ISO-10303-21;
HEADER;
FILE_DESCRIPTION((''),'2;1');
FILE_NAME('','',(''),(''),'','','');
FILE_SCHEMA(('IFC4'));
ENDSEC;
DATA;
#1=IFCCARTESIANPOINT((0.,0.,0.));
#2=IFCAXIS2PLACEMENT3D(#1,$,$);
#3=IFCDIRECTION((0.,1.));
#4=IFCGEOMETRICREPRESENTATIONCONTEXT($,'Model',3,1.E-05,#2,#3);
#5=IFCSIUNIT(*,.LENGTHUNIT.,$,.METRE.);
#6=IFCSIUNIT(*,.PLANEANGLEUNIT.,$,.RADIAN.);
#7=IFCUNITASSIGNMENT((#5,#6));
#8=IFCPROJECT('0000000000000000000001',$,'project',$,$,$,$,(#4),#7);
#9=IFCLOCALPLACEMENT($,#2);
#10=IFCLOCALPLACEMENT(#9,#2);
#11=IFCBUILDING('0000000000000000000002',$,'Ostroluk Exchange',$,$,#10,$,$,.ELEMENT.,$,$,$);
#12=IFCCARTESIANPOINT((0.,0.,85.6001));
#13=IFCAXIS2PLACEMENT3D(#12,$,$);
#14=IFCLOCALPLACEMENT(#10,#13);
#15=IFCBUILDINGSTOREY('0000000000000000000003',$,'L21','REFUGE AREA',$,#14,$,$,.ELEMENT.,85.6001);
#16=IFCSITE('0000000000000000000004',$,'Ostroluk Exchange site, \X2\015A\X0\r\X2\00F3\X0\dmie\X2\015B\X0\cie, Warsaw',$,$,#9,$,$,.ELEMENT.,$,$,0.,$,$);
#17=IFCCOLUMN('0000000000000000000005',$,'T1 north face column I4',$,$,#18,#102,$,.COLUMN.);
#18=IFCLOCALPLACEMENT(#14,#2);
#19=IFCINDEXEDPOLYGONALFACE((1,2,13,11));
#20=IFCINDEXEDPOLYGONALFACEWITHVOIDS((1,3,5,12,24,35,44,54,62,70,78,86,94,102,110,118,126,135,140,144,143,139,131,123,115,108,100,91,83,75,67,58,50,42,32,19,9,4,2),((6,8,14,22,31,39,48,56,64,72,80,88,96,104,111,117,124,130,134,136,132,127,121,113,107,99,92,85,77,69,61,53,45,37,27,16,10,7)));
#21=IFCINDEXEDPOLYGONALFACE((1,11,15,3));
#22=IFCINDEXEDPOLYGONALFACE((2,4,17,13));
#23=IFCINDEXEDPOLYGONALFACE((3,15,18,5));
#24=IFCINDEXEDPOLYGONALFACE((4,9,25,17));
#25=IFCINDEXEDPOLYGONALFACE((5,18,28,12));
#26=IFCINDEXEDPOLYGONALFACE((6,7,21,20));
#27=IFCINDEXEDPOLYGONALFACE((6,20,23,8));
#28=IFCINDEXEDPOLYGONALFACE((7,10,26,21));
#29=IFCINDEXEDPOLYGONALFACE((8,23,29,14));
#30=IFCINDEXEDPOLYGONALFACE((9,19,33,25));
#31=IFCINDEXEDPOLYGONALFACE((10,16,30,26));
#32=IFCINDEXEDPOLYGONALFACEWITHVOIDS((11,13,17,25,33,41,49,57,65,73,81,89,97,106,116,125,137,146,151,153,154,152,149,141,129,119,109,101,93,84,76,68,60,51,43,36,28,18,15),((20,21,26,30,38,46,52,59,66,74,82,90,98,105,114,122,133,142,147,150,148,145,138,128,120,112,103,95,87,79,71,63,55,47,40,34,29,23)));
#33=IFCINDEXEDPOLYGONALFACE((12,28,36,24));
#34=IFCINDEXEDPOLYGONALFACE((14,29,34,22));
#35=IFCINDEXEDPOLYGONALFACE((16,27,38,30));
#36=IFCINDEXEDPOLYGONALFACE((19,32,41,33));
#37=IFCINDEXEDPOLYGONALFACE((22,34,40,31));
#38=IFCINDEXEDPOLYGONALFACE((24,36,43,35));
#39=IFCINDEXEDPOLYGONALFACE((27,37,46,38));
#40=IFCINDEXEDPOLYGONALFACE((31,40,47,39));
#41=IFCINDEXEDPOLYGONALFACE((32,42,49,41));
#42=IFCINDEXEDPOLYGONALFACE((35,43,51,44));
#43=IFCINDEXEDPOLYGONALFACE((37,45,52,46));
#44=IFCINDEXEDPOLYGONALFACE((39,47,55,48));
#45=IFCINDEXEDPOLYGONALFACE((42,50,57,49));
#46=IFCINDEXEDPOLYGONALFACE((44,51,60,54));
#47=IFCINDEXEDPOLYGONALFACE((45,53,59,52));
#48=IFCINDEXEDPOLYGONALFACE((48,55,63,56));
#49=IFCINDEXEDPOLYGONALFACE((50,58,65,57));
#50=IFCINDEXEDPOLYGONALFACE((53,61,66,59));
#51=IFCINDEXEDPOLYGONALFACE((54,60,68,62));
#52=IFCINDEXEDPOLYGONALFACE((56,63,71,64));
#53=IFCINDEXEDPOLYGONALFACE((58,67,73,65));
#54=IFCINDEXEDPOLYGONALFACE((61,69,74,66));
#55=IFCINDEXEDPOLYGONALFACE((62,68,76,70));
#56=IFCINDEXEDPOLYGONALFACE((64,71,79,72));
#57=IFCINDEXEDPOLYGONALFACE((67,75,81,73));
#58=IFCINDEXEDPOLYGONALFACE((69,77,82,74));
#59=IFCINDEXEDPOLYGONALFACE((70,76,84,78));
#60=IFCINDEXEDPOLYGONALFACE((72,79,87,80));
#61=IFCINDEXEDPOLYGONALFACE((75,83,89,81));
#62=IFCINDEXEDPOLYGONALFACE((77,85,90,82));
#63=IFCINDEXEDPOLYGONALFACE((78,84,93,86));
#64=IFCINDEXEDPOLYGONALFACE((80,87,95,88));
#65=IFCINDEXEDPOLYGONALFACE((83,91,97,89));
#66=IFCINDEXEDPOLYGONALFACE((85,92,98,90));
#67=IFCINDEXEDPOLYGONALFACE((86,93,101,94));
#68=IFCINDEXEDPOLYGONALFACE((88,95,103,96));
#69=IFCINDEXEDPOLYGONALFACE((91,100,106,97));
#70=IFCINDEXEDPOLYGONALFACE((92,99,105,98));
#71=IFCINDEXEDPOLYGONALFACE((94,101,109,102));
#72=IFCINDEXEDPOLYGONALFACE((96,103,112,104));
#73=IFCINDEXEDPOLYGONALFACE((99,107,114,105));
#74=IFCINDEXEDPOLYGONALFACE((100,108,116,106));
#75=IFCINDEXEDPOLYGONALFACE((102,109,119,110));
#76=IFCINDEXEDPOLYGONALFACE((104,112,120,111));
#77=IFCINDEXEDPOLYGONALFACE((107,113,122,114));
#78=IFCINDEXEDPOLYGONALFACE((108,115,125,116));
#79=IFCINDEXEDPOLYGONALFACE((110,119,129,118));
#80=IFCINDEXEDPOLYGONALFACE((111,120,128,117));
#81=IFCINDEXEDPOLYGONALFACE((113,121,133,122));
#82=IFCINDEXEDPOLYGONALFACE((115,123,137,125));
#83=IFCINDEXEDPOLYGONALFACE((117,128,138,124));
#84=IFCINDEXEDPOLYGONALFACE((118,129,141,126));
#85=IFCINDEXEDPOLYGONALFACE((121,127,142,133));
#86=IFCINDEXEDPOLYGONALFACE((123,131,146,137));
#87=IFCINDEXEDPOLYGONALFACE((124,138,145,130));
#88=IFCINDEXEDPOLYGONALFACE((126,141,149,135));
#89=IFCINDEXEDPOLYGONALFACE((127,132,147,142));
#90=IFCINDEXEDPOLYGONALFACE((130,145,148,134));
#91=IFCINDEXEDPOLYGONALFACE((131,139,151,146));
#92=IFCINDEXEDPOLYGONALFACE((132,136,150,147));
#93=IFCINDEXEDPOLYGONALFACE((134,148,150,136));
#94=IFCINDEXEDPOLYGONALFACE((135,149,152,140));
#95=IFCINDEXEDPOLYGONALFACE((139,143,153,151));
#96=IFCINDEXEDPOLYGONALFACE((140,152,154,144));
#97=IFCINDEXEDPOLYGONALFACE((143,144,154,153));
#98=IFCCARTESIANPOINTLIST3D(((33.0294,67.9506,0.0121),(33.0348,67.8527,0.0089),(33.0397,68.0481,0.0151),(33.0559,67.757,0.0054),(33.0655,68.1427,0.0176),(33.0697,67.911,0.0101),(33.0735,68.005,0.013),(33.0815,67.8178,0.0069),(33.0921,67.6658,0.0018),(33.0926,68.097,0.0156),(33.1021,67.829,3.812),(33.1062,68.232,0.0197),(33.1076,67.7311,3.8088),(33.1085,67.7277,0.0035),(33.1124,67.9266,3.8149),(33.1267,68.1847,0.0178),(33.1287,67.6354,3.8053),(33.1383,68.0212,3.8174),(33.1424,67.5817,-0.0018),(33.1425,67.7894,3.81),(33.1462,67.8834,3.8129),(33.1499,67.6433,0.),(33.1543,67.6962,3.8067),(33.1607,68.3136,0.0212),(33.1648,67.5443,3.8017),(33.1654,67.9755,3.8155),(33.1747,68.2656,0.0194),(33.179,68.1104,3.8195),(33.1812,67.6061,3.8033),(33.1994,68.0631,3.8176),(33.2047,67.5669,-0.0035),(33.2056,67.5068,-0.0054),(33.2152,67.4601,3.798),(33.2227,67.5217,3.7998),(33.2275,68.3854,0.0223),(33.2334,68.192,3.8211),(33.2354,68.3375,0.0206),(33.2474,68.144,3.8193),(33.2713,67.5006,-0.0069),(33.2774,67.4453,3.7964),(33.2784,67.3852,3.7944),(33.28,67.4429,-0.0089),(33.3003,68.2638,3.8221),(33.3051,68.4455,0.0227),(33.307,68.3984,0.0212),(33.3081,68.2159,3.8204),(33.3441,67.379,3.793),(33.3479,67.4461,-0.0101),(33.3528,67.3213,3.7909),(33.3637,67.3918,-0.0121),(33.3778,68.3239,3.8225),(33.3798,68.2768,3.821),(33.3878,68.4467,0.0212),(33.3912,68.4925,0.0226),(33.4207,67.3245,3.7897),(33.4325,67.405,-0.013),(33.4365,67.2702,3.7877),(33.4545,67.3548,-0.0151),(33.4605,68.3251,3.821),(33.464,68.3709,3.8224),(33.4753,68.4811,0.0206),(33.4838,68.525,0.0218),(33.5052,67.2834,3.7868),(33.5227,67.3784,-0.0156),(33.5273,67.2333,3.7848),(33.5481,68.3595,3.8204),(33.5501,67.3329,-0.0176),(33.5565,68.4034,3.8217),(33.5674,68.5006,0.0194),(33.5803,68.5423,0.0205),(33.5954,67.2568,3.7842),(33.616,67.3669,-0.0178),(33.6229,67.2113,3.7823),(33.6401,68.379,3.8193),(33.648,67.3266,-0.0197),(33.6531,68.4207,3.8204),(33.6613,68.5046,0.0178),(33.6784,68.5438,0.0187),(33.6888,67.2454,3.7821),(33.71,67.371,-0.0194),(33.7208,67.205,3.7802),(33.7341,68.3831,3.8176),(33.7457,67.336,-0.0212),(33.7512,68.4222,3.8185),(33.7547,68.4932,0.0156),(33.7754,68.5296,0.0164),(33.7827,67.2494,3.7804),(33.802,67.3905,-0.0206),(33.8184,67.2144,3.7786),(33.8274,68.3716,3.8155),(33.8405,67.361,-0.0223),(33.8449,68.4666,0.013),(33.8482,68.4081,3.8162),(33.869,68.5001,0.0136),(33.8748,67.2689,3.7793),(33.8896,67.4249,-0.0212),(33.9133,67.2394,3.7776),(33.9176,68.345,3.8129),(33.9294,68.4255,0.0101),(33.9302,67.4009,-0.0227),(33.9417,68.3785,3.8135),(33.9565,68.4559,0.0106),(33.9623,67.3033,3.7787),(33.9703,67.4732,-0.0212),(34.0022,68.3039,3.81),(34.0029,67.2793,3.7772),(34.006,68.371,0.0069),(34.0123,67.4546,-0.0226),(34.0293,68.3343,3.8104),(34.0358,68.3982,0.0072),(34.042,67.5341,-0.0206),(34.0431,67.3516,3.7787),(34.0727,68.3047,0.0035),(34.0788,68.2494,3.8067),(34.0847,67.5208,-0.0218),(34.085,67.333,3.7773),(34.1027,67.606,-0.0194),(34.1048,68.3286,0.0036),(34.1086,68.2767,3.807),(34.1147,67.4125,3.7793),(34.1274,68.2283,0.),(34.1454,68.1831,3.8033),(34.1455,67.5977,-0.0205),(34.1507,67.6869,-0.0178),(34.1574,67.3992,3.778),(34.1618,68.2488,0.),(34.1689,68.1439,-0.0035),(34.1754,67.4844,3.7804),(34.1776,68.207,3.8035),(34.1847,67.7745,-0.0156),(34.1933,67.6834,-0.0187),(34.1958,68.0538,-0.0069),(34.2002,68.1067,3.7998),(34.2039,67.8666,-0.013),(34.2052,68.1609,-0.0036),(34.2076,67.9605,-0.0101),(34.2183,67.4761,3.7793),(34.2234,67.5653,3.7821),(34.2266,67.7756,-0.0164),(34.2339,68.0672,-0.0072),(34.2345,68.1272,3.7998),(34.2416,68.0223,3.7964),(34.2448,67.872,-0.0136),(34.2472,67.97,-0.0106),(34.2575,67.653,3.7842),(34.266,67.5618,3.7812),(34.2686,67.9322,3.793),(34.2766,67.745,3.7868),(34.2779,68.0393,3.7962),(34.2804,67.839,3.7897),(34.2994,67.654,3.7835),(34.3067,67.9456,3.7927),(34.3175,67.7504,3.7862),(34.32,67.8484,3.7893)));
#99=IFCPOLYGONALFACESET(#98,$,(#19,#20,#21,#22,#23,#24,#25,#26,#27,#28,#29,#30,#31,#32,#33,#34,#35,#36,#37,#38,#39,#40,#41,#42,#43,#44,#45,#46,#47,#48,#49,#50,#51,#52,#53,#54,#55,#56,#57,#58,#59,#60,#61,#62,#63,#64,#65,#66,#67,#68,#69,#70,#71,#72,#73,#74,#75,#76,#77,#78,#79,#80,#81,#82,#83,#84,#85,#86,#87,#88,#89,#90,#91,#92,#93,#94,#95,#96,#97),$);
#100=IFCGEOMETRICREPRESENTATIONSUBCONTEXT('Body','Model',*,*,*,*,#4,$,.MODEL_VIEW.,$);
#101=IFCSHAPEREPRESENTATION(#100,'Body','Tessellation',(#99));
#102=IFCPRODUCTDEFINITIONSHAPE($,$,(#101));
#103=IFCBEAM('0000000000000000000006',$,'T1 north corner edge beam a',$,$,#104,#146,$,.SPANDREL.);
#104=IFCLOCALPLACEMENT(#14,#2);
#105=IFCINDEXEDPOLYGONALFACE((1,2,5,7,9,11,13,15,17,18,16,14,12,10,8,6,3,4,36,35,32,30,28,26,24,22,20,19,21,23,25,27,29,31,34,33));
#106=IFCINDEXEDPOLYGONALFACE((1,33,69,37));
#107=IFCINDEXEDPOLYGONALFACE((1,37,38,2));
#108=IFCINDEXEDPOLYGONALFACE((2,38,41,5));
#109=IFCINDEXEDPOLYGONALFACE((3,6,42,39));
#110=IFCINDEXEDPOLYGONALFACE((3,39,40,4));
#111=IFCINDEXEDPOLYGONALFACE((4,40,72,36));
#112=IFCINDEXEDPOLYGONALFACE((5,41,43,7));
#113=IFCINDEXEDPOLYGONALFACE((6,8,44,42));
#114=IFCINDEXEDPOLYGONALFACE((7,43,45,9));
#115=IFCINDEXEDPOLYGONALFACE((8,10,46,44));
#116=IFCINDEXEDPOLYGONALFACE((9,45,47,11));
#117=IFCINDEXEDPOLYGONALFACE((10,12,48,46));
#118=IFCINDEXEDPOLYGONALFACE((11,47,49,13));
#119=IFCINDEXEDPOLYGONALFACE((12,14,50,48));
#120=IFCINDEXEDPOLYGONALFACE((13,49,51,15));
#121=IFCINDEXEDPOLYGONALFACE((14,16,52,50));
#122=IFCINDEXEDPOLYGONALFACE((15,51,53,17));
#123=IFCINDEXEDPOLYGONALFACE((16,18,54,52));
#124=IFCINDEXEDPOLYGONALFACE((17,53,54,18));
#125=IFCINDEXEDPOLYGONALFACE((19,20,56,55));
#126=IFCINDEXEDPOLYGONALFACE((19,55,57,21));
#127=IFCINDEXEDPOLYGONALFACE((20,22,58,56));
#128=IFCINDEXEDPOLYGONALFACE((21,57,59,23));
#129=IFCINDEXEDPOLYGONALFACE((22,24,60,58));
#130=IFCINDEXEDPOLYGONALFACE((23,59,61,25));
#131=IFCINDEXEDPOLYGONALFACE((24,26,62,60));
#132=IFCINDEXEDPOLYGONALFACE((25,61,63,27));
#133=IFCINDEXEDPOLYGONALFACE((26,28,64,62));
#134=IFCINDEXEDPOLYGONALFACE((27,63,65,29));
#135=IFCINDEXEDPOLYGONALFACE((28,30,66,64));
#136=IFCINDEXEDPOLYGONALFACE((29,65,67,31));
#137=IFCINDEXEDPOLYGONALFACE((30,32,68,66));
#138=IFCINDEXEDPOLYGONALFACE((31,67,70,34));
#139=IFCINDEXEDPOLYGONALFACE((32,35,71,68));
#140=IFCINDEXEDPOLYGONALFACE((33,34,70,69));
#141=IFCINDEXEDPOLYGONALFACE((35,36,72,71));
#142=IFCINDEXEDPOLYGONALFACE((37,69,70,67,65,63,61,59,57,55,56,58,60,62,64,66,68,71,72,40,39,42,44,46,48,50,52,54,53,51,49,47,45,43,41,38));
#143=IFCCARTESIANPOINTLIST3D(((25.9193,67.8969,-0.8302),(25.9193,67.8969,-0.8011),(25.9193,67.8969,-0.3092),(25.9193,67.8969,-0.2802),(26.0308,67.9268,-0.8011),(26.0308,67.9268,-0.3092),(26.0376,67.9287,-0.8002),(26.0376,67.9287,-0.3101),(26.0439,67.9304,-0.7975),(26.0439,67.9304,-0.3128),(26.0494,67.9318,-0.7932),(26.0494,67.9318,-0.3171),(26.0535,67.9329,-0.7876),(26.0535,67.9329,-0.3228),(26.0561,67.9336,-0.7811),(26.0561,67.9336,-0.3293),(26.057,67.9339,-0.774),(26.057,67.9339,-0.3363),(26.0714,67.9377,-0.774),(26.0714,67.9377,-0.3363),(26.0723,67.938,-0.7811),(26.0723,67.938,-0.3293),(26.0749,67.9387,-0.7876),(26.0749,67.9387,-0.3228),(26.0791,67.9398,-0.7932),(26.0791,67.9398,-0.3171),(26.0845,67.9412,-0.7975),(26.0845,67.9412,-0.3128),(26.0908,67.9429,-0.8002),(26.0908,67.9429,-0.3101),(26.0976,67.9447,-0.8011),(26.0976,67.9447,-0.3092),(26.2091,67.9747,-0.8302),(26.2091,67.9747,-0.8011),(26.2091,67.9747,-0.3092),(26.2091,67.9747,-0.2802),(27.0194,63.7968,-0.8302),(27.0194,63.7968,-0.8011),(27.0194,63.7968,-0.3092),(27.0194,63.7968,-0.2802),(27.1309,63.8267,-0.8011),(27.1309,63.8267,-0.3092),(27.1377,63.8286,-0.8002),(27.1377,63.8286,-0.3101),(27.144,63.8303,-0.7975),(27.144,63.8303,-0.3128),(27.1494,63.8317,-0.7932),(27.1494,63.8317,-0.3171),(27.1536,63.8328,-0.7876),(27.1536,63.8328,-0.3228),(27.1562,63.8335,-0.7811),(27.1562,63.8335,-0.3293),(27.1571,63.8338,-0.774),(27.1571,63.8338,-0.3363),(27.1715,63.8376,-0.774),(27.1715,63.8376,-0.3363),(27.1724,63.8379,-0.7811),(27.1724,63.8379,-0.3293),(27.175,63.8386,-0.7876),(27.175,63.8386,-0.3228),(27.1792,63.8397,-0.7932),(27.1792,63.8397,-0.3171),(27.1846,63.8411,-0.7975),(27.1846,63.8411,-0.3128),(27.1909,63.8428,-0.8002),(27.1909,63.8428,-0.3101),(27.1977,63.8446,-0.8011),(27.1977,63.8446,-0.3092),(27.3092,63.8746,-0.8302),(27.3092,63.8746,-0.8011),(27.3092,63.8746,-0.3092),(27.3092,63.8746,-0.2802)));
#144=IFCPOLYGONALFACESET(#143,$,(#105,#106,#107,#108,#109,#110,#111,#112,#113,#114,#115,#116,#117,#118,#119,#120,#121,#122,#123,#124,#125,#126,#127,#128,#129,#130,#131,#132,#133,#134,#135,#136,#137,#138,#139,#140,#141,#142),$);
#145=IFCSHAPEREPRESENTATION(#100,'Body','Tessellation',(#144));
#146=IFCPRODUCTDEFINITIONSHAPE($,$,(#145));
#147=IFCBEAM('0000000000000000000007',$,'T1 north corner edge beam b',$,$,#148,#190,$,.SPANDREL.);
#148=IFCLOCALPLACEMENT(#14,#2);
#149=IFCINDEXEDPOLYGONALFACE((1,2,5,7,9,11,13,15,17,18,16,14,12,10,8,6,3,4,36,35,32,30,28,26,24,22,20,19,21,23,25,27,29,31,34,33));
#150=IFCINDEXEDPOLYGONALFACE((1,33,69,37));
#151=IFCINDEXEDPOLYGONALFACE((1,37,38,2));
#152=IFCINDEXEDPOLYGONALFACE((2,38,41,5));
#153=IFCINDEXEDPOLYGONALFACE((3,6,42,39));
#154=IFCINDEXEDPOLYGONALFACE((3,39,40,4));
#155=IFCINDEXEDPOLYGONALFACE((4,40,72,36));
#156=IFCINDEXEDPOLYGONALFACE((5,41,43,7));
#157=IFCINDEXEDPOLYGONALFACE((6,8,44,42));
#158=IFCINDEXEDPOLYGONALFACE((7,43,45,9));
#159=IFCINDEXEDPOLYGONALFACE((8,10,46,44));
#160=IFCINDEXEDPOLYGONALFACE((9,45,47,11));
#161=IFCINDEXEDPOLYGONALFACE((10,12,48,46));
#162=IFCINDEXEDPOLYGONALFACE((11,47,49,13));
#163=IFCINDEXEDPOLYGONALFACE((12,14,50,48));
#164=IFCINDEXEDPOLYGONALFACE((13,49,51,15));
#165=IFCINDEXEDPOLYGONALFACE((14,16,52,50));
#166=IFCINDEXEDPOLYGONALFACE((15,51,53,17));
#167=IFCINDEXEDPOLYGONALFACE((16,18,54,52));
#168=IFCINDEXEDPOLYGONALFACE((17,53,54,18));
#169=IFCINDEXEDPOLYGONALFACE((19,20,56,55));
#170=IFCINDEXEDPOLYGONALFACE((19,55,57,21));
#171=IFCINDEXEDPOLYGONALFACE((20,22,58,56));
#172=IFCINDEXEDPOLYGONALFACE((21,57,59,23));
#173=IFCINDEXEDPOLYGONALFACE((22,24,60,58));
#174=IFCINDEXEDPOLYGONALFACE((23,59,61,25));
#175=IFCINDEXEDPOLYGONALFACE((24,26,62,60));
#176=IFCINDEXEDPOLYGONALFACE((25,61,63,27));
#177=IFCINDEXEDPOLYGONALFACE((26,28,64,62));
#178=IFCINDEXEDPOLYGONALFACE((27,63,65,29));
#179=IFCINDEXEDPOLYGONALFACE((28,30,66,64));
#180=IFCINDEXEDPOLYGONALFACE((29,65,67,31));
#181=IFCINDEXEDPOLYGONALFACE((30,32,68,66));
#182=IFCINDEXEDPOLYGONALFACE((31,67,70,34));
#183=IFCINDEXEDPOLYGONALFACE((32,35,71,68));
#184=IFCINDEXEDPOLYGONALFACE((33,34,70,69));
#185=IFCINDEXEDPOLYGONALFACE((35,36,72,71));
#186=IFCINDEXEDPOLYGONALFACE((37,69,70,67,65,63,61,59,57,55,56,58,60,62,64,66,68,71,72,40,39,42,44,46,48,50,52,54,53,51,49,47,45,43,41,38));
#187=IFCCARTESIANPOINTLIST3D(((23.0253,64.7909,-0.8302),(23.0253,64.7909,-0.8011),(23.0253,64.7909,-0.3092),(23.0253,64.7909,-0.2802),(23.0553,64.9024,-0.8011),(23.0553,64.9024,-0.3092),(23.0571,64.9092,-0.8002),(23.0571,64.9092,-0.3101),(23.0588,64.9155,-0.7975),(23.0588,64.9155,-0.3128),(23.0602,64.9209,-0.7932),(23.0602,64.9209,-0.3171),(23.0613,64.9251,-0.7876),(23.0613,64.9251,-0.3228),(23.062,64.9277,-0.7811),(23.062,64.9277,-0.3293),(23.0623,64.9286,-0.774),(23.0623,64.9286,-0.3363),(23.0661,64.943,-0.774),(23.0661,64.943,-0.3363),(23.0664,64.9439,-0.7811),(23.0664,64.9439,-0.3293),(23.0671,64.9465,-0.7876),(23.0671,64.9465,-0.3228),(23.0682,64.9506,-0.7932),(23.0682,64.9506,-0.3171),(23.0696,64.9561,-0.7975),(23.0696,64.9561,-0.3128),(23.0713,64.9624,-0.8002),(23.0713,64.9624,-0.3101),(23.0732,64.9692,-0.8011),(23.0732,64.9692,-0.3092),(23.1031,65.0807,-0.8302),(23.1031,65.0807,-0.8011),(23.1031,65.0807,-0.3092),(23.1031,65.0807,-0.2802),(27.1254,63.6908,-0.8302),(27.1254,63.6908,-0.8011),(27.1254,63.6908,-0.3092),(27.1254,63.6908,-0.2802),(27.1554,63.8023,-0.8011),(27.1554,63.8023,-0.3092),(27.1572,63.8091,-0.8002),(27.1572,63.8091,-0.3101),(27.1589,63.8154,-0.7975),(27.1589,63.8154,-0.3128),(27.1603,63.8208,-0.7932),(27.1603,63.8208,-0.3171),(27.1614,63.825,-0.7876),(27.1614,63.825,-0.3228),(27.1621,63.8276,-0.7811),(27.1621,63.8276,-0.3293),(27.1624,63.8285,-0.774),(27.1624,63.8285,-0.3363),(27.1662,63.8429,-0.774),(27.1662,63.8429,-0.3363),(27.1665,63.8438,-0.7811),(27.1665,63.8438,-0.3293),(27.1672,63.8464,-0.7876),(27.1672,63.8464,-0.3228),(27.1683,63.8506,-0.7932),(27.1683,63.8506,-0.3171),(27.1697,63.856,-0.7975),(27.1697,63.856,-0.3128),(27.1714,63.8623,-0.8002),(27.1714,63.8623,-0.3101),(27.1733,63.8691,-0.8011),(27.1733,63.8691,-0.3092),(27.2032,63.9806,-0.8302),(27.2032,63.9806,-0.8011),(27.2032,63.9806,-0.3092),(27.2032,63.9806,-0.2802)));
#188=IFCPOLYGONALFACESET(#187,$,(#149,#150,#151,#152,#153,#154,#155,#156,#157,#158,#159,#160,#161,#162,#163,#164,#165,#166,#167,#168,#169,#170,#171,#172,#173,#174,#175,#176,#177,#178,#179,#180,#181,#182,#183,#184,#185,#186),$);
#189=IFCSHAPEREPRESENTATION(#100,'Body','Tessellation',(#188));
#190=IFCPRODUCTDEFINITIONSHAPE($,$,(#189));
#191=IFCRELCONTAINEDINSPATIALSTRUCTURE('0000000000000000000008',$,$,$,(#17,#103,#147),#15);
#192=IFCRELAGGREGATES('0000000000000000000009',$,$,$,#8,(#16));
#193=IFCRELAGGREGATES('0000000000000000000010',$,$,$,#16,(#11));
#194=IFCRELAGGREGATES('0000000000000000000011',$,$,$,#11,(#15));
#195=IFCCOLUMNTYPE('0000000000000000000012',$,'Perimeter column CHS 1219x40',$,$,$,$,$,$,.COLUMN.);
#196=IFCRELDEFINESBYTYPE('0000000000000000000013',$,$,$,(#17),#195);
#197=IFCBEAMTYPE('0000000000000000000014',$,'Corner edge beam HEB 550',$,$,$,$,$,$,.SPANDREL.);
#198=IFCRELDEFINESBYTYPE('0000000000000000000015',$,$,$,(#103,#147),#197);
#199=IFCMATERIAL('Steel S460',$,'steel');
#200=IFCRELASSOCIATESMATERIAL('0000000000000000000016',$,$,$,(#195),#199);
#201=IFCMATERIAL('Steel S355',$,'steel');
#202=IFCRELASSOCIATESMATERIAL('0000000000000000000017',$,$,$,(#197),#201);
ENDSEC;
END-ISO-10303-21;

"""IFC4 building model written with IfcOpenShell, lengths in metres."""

from ifc_helpers import new_model, si_unit, direction, frame, origin, origin_2d, place, context, subcontext, project, spatial, hollow_circle, i_section, extrude, material, material_profile, profile_set, type_object, element, save


model = new_model("IFC4")

# Units and contexts
model_context = context("Model", 3, precision=1e-05, world=origin(), true_north=direction((0.0, 1.0)))
body_context = subcontext(model_context, "Body", "Model", "MODEL_VIEW")
ifc_project = project(units=[si_unit("LENGTHUNIT", "METRE"), si_unit("PLANEANGLEUNIT", "RADIAN")], contexts=[model_context])

# Site, building, storey
site_placement = place(None, origin())
site = spatial("IfcSite", under=ifc_project, at=site_placement, Name="Ostroluk Exchange site, Śródmieście, Warsaw", CompositionType="ELEMENT", RefElevation=0.0)
building_placement = place(site_placement, origin())
building = spatial("IfcBuilding", under=site, at=building_placement, Name="Ostroluk Exchange", CompositionType="ELEMENT")
storey_placement = place(building_placement, frame((0.0, 0.0, 85.6001)))
storey = spatial("IfcBuildingStorey", under=building, at=storey_placement, Name="L21", Description="REFUGE AREA", CompositionType="ELEMENT", Elevation=85.6001)

# Column
ifc_material_1 = material(Name="Steel S460", Category="steel")
ifc_material_profile_1 = material_profile(ifc_material_1, hollow_circle(Radius=0.6096, WallThickness=0.04, at=origin_2d()), Name="CHS 1219x40")
ifc_profile_set_1 = profile_set([ifc_material_profile_1], Name="Steel S460")
column_type = type_object("IfcColumnType", Name="Perimeter column CHS 1219x40", PredefinedType="COLUMN", material=ifc_profile_set_1)
column_placement = place(storey_placement, frame((33.6387, 67.9358, 0.0), z_axis=(0.019133, -0.031975, 0.999306), x_axis=(0.8581, 0.513482, 0.0)))
element("IfcColumn", 1, at=column_placement, inside=storey, type_object=column_type, Name="T1 north face column I4", PredefinedType="COLUMN", context=body_context, shape_type="SweptSolid", body=[
    extrude(hollow_circle(Radius=0.6096, WallThickness=0.04, at=origin_2d()), origin(), (0.0, 0.0, 1.0), 3.8025),
])

# Beams
ifc_material_2 = material(Name="Steel S355", Category="steel")
ifc_material_profile_2 = material_profile(ifc_material_2, i_section(OverallWidth=0.3, OverallDepth=0.55, WebThickness=0.0149, FlangeThickness=0.0291, FilletRadius=0.0271, at=origin_2d()), Name="HEB 550")
ifc_profile_set_2 = profile_set([ifc_material_profile_2], Name="Steel S355")
beam_type_1 = type_object("IfcBeamType", Name="Corner edge beam HEB 550", PredefinedType="SPANDREL", material=ifc_profile_set_2)
for number, where, z_axis, x_axis, name in (
    (2, (27.1643, 63.8357, -0.5552), (-0.259144, 0.965839, 0.0), (-0.965839, -0.259144, 0.0), "T1 north corner edge beam a"),
    (3, (27.1643, 63.8357, -0.5552), (-0.965839, 0.259144, 0.0), (-0.259144, -0.965839, 0.0), "T1 north corner edge beam b"),
):
    element("IfcBeam", number, at=place(storey_placement, frame(where, z_axis=z_axis, x_axis=x_axis)), inside=storey, type_object=beam_type_1, Name=name, PredefinedType="SPANDREL", context=body_context, shape_type="SweptSolid", body=[
        extrude(i_section(OverallWidth=0.3, OverallDepth=0.55, WebThickness=0.0149, FlangeThickness=0.0291, FilletRadius=0.0271, at=origin_2d()), origin(), (0.0, 0.0, 1.0), 4.2451),
    ])

save(model, "model.ifc")
